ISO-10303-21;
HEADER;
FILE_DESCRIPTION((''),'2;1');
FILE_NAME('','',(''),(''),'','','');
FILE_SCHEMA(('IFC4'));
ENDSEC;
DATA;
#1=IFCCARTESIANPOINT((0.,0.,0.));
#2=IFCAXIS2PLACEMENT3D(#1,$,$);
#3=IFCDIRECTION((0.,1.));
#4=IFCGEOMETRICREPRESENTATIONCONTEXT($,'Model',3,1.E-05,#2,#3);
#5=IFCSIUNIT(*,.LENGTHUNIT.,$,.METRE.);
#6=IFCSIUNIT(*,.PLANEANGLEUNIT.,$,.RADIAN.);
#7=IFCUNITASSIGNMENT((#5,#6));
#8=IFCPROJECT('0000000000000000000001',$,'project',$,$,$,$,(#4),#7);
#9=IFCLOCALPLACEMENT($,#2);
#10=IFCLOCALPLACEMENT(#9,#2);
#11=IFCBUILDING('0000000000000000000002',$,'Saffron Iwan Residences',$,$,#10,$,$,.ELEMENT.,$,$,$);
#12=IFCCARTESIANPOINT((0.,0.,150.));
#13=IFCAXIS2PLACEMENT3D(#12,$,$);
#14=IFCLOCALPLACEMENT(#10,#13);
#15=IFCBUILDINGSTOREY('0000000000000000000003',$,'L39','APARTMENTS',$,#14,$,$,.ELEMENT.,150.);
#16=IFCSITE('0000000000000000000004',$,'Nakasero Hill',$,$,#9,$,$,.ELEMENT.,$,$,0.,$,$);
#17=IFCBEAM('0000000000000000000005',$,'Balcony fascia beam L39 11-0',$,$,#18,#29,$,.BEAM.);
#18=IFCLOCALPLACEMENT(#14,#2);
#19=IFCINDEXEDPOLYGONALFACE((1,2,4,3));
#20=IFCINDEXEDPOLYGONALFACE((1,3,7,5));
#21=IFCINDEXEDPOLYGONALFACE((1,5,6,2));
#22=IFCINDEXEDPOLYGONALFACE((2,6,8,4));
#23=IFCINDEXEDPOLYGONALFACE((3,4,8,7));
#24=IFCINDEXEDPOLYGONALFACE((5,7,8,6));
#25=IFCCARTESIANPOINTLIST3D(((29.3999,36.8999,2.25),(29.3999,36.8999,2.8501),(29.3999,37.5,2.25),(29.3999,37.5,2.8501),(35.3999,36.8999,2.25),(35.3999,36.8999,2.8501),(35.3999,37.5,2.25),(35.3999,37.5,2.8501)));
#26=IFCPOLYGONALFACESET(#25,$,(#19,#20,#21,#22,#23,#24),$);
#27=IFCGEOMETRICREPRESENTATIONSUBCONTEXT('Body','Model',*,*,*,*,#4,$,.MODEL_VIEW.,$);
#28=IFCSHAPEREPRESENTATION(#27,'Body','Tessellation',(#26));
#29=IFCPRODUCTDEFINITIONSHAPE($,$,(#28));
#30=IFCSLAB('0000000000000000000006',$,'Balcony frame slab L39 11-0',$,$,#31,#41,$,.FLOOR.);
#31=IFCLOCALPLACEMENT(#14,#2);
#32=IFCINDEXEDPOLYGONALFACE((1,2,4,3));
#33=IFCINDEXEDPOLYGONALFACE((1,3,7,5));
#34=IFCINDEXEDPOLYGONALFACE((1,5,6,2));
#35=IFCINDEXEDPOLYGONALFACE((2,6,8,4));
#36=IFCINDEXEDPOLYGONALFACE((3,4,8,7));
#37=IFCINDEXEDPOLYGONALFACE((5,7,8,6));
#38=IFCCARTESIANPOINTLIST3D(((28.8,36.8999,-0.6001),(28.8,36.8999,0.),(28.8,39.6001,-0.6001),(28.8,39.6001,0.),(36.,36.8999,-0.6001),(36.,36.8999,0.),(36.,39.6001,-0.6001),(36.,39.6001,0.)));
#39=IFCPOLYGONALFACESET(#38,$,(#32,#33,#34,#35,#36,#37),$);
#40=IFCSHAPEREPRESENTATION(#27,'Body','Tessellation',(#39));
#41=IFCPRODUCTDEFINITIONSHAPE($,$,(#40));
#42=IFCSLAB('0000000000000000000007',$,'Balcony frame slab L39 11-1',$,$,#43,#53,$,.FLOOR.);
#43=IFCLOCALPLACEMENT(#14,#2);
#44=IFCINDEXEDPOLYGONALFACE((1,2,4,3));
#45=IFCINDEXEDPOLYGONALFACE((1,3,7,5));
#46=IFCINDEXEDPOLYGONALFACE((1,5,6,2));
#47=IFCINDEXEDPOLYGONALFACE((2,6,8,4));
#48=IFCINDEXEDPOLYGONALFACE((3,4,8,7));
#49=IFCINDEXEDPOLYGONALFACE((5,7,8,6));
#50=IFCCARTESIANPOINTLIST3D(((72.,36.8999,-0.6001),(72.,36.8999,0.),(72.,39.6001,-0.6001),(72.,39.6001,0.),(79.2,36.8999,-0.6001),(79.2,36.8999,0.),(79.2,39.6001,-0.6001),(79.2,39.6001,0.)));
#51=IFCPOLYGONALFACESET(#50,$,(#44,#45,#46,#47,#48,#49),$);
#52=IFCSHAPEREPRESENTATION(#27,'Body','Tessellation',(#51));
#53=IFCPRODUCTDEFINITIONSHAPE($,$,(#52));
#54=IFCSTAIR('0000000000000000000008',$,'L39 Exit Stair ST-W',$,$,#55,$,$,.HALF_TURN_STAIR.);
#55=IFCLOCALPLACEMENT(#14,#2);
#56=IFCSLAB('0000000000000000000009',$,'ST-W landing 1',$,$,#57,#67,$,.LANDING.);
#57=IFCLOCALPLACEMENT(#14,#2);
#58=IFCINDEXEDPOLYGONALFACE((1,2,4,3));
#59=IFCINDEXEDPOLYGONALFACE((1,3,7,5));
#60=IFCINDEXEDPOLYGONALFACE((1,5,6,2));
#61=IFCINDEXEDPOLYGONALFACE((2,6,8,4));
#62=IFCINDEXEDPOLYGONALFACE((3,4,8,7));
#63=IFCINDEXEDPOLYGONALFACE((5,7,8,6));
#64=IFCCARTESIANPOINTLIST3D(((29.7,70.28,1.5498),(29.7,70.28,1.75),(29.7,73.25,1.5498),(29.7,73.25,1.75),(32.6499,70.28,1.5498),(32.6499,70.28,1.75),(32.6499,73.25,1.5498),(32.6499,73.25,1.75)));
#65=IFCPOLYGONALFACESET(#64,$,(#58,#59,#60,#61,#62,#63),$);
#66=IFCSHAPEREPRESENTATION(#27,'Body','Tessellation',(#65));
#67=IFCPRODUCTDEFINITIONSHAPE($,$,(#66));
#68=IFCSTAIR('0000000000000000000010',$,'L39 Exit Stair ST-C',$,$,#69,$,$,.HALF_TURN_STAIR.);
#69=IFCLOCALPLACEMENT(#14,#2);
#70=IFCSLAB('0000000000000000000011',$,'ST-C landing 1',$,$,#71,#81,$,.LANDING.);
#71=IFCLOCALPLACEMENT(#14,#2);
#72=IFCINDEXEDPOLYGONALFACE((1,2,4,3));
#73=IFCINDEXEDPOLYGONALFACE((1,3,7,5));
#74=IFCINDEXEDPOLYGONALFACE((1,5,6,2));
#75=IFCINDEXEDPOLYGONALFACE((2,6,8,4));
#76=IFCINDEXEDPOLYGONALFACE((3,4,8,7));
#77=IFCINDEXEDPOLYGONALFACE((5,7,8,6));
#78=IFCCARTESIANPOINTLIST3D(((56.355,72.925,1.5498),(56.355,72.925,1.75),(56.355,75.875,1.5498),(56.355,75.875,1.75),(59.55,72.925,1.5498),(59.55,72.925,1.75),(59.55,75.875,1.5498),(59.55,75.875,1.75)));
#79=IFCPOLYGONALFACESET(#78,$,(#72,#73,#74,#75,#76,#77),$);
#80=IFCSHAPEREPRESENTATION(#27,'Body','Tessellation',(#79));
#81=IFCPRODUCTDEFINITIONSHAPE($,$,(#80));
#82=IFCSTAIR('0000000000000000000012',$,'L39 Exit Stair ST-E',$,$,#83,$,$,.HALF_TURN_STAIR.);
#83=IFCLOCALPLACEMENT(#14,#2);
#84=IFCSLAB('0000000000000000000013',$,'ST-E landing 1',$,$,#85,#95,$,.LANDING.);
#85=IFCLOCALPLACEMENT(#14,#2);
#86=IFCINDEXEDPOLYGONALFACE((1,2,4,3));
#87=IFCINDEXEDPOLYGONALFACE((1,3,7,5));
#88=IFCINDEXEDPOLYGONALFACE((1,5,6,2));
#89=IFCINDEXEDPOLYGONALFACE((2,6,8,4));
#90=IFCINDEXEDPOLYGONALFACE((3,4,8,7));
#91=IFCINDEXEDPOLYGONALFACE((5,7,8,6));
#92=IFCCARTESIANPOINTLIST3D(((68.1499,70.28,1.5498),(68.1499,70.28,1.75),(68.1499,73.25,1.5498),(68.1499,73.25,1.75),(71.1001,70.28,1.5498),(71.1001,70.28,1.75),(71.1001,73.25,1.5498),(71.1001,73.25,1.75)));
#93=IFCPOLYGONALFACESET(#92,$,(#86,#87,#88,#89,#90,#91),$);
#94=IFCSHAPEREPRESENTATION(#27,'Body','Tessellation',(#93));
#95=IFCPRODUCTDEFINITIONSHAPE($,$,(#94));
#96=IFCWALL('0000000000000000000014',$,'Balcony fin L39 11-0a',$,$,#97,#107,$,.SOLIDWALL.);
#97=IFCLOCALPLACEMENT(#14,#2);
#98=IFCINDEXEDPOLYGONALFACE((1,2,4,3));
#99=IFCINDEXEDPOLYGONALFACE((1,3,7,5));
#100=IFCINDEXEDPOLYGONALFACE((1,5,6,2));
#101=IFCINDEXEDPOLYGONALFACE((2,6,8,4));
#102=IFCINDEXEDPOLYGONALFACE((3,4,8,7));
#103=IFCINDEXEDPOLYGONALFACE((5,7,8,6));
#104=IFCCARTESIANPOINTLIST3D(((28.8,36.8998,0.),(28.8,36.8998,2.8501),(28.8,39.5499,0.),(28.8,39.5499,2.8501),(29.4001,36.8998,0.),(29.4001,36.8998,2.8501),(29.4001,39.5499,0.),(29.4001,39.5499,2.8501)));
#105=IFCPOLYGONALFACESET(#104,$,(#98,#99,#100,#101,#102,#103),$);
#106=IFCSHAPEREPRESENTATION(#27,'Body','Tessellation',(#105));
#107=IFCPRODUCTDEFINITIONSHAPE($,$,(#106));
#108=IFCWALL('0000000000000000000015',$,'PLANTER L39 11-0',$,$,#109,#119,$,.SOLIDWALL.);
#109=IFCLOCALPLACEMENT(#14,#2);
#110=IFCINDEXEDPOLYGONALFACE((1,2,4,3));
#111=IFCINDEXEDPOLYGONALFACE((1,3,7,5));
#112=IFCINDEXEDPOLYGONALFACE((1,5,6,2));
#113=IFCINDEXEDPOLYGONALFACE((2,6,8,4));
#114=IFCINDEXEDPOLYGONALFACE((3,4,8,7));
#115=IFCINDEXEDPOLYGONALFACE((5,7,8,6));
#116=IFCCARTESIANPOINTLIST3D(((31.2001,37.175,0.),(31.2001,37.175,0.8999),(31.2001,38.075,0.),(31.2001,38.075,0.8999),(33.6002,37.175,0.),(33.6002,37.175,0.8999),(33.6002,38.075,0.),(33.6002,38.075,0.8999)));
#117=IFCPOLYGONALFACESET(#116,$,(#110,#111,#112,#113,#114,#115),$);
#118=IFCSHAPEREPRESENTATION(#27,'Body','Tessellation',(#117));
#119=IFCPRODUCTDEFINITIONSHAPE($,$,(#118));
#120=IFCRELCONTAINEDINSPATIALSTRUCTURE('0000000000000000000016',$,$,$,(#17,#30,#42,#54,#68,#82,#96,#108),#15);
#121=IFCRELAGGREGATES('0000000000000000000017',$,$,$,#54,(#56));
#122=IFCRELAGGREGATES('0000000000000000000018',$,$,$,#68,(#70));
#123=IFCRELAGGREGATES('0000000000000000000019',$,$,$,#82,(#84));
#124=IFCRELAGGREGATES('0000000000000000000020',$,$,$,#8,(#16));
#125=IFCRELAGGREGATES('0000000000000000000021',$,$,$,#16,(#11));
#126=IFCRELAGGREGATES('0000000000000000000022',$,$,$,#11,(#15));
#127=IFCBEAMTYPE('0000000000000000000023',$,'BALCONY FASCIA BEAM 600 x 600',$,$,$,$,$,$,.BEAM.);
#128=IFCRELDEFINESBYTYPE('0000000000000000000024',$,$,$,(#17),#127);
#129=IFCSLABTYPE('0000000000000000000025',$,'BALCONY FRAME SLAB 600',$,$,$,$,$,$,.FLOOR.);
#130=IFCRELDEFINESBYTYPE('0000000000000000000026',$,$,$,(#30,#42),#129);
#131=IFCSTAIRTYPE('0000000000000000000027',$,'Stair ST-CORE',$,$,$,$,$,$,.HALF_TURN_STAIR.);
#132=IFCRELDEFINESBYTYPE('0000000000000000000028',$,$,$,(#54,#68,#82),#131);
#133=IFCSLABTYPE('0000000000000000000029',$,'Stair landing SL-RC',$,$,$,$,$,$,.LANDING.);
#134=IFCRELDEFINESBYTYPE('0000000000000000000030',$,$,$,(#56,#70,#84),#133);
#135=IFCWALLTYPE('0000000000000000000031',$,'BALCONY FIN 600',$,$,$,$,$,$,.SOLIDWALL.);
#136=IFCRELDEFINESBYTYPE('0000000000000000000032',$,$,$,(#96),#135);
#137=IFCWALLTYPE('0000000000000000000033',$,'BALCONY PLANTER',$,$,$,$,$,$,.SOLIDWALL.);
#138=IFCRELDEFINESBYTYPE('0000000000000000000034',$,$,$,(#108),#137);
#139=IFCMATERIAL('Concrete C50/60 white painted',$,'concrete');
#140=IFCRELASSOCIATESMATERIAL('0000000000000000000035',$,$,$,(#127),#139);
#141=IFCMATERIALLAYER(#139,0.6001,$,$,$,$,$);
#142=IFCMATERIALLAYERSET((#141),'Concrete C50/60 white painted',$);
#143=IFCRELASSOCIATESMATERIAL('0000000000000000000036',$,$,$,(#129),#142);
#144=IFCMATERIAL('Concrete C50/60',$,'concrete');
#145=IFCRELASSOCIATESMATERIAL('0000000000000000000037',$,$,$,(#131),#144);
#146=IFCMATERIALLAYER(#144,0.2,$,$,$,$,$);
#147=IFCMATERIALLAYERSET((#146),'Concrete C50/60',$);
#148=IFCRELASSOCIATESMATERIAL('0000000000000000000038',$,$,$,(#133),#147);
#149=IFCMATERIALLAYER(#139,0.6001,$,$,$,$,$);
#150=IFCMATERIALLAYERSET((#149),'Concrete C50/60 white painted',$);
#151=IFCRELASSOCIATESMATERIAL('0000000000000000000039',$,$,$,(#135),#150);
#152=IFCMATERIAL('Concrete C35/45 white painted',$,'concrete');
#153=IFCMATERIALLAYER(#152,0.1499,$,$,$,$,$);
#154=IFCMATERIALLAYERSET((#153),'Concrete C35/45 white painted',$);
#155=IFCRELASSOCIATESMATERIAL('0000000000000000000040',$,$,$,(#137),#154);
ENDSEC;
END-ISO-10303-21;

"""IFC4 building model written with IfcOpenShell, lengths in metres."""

from ifc_helpers import new_model, si_unit, direction, frame, frame_2d, origin, origin_2d, place, context, subcontext, project, spatial, polyline, rectangle, outline, extrude, source, transform, mapped, material, layer, layer_set, material_profile, profile_set, type_object, element, aggregate, save


model = new_model("IFC4")

# Units and contexts
model_context = context("Model", 3, precision=1e-05, world=origin(), true_north=direction((0.0, 1.0)))
body_context = subcontext(model_context, "Body", "Model", "MODEL_VIEW")
ifc_project = project(units=[si_unit("LENGTHUNIT", "METRE"), si_unit("PLANEANGLEUNIT", "RADIAN")], contexts=[model_context])

# Site, building, storey
site_placement = place(None, origin())
site = spatial("IfcSite", under=ifc_project, at=site_placement, Name="Nakasero Hill", CompositionType="ELEMENT", RefElevation=0.0)
building_placement = place(site_placement, origin())
building = spatial("IfcBuilding", under=site, at=building_placement, Name="Saffron Iwan Residences", CompositionType="ELEMENT")
storey_placement = place(building_placement, frame((0.0, 0.0, 150.0)))
storey = spatial("IfcBuildingStorey", under=building, at=storey_placement, Name="L39", Description="APARTMENTS", CompositionType="ELEMENT", Elevation=150.0)

# Beam
ifc_material_1 = material(Name="Concrete C50/60 white painted", Category="concrete")
ifc_material_profile = material_profile(ifc_material_1, rectangle(XDim=0.6001, YDim=0.6001, at=origin_2d()), Name="BALCONY FASCIA BEAM 600 x 600")
ifc_profile_set = profile_set([ifc_material_profile], Name="Concrete C50/60 white painted")
beam_type = type_object("IfcBeamType", Name="BALCONY FASCIA BEAM 600 x 600", PredefinedType="BEAM", material=ifc_profile_set)
shared_shape = source(origin(), body_context, "Body", "SweptSolid", [
    extrude(rectangle(XDim=0.6001, YDim=0.6001, at=origin_2d()), origin(), (0.0, 0.0, 1.0), 6.0),
])
beam_placement = place(storey_placement, frame((29.3999, 37.2, 2.55), z_axis=(1.0, 0.0, 0.0), x_axis=(0.0, 1.0, 0.0)))
element("IfcBeam", 1, at=beam_placement, inside=storey, type_object=beam_type, Name="Balcony fascia beam L39 11-0", PredefinedType="BEAM", context=body_context, shape_type="MappedRepresentation", body=[
    mapped(shared_shape, transform((0.0, 0.0, 0.0))),
])

# Slabs
ifc_layer_1 = layer(ifc_material_1, 0.6001)
ifc_layer_set_1 = layer_set([ifc_layer_1], Name="Concrete C50/60 white painted")
slab_type_1 = type_object("IfcSlabType", Name="BALCONY FRAME SLAB 600", PredefinedType="FLOOR", material=ifc_layer_set_1)
slab_1_placement = place(storey_placement, frame((0.0, 0.0, -0.6001)))
element("IfcSlab", 2, at=slab_1_placement, inside=storey, type_object=slab_type_1, Name="Balcony frame slab L39 11-0", PredefinedType="FLOOR", context=body_context, shape_type="SweptSolid", body=[
    extrude(outline(polyline([(28.8, 36.8999), (36.0, 36.8999), (36.0, 39.6001), (28.8, 39.6001), (28.8, 36.8999)])), origin(), (0.0, 0.0, 1.0), 0.6001),
])
slab_2_placement = place(storey_placement, frame((0.0, 0.0, -0.6001)))
element("IfcSlab", 3, at=slab_2_placement, inside=storey, type_object=slab_type_1, Name="Balcony frame slab L39 11-1", PredefinedType="FLOOR", context=body_context, shape_type="SweptSolid", body=[
    extrude(outline(polyline([(72.0, 36.8999), (79.2, 36.8999), (79.2, 39.6001), (72.0, 39.6001), (72.0, 36.8999)])), origin(), (0.0, 0.0, 1.0), 0.6001),
])

# Stairs, slabs
ifc_material_2 = material(Name="Concrete C50/60", Category="concrete")
stair_type = type_object("IfcStairType", Name="Stair ST-CORE", PredefinedType="HALF_TURN_STAIR", material=ifc_material_2)
stair_1_placement = place(storey_placement, origin())
stair_1 = element("IfcStair", 4, at=stair_1_placement, inside=storey, type_object=stair_type, Name="L39 Exit Stair ST-W", PredefinedType="HALF_TURN_STAIR")
ifc_layer_2 = layer(ifc_material_2, 0.2)
ifc_layer_set_2 = layer_set([ifc_layer_2], Name="Concrete C50/60")
slab_type_2 = type_object("IfcSlabType", Name="Stair landing SL-RC", PredefinedType="LANDING", material=ifc_layer_set_2)
slab_3_placement = place(storey_placement, frame((0.0, 0.0, 1.5498)))
slab_3 = element("IfcSlab", 5, at=slab_3_placement, type_object=slab_type_2, Name="ST-W landing 1", PredefinedType="LANDING", context=body_context, shape_type="SweptSolid", body=[
    extrude(outline(polyline([(32.6499, 70.28), (32.6499, 73.25), (29.7, 73.25), (29.7, 70.28), (32.6499, 70.28)])), origin(), (0.0, 0.0, 1.0), 0.2002),
])
aggregate(stair_1, [slab_3])
stair_2_placement = place(storey_placement, origin())
stair_2 = element("IfcStair", 6, at=stair_2_placement, inside=storey, type_object=stair_type, Name="L39 Exit Stair ST-C", PredefinedType="HALF_TURN_STAIR")
slab_4_placement = place(storey_placement, frame((0.0, 0.0, 1.5498)))
slab_4 = element("IfcSlab", 7, at=slab_4_placement, type_object=slab_type_2, Name="ST-C landing 1", PredefinedType="LANDING", context=body_context, shape_type="SweptSolid", body=[
    extrude(outline(polyline([(56.355, 72.925), (59.55, 72.925), (59.55, 75.875), (56.355, 75.875), (56.355, 72.925)])), origin(), (0.0, 0.0, 1.0), 0.2002),
])
aggregate(stair_2, [slab_4])
stair_3_placement = place(storey_placement, origin())
stair_3 = element("IfcStair", 8, at=stair_3_placement, inside=storey, type_object=stair_type, Name="L39 Exit Stair ST-E", PredefinedType="HALF_TURN_STAIR")
slab_5_placement = place(storey_placement, frame((0.0, 0.0, 1.5498)))
slab_5 = element("IfcSlab", 9, at=slab_5_placement, type_object=slab_type_2, Name="ST-E landing 1", PredefinedType="LANDING", context=body_context, shape_type="SweptSolid", body=[
    extrude(outline(polyline([(71.1001, 70.28), (71.1001, 73.25), (68.1499, 73.25), (68.1499, 70.28), (71.1001, 70.28)])), origin(), (0.0, 0.0, 1.0), 0.2002),
])
aggregate(stair_3, [slab_5])

# Walls
ifc_layer_3 = layer(ifc_material_1, 0.6001)
ifc_layer_set_3 = layer_set([ifc_layer_3], Name="Concrete C50/60 white painted")
wall_type_1 = type_object("IfcWallType", Name="BALCONY FIN 600", PredefinedType="SOLIDWALL", material=ifc_layer_set_3)
wall_1_placement = place(storey_placement, frame((29.1001, 39.55, 0.0), z_axis=(0.0, 0.0, 1.0), x_axis=(0.0, -1.0, 0.0)))
element("IfcWall", 10, at=wall_1_placement, inside=storey, type_object=wall_type_1, Name="Balcony fin L39 11-0a", PredefinedType="SOLIDWALL", context=body_context, shape_type="SweptSolid", body=[
    extrude(rectangle(XDim=2.6501, YDim=0.6001, at=frame_2d((1.3252, 0.0))), origin(), (0.0, 0.0, 1.0), 2.8501),
])
ifc_material_3 = material(Name="Concrete C35/45 white painted", Category="concrete")
ifc_layer_4 = layer(ifc_material_3, 0.1499)
ifc_layer_set_4 = layer_set([ifc_layer_4], Name="Concrete C35/45 white painted")
wall_type_2 = type_object("IfcWallType", Name="BALCONY PLANTER", PredefinedType="SOLIDWALL", material=ifc_layer_set_4)
wall_2_placement = place(storey_placement, frame((31.2, 37.625, 0.0), z_axis=(0.0, 0.0, 1.0), x_axis=(1.0, 0.0, 0.0)))
element("IfcWall", 11, at=wall_2_placement, inside=storey, type_object=wall_type_2, Name="PLANTER L39 11-0", PredefinedType="SOLIDWALL", context=body_context, shape_type="SweptSolid", body=[
    extrude(rectangle(XDim=2.4001, YDim=0.8999, at=frame_2d((1.2002, 0.0))), origin(), (0.0, 0.0, 1.0), 0.8999),
])

save(model, "model.ifc")
